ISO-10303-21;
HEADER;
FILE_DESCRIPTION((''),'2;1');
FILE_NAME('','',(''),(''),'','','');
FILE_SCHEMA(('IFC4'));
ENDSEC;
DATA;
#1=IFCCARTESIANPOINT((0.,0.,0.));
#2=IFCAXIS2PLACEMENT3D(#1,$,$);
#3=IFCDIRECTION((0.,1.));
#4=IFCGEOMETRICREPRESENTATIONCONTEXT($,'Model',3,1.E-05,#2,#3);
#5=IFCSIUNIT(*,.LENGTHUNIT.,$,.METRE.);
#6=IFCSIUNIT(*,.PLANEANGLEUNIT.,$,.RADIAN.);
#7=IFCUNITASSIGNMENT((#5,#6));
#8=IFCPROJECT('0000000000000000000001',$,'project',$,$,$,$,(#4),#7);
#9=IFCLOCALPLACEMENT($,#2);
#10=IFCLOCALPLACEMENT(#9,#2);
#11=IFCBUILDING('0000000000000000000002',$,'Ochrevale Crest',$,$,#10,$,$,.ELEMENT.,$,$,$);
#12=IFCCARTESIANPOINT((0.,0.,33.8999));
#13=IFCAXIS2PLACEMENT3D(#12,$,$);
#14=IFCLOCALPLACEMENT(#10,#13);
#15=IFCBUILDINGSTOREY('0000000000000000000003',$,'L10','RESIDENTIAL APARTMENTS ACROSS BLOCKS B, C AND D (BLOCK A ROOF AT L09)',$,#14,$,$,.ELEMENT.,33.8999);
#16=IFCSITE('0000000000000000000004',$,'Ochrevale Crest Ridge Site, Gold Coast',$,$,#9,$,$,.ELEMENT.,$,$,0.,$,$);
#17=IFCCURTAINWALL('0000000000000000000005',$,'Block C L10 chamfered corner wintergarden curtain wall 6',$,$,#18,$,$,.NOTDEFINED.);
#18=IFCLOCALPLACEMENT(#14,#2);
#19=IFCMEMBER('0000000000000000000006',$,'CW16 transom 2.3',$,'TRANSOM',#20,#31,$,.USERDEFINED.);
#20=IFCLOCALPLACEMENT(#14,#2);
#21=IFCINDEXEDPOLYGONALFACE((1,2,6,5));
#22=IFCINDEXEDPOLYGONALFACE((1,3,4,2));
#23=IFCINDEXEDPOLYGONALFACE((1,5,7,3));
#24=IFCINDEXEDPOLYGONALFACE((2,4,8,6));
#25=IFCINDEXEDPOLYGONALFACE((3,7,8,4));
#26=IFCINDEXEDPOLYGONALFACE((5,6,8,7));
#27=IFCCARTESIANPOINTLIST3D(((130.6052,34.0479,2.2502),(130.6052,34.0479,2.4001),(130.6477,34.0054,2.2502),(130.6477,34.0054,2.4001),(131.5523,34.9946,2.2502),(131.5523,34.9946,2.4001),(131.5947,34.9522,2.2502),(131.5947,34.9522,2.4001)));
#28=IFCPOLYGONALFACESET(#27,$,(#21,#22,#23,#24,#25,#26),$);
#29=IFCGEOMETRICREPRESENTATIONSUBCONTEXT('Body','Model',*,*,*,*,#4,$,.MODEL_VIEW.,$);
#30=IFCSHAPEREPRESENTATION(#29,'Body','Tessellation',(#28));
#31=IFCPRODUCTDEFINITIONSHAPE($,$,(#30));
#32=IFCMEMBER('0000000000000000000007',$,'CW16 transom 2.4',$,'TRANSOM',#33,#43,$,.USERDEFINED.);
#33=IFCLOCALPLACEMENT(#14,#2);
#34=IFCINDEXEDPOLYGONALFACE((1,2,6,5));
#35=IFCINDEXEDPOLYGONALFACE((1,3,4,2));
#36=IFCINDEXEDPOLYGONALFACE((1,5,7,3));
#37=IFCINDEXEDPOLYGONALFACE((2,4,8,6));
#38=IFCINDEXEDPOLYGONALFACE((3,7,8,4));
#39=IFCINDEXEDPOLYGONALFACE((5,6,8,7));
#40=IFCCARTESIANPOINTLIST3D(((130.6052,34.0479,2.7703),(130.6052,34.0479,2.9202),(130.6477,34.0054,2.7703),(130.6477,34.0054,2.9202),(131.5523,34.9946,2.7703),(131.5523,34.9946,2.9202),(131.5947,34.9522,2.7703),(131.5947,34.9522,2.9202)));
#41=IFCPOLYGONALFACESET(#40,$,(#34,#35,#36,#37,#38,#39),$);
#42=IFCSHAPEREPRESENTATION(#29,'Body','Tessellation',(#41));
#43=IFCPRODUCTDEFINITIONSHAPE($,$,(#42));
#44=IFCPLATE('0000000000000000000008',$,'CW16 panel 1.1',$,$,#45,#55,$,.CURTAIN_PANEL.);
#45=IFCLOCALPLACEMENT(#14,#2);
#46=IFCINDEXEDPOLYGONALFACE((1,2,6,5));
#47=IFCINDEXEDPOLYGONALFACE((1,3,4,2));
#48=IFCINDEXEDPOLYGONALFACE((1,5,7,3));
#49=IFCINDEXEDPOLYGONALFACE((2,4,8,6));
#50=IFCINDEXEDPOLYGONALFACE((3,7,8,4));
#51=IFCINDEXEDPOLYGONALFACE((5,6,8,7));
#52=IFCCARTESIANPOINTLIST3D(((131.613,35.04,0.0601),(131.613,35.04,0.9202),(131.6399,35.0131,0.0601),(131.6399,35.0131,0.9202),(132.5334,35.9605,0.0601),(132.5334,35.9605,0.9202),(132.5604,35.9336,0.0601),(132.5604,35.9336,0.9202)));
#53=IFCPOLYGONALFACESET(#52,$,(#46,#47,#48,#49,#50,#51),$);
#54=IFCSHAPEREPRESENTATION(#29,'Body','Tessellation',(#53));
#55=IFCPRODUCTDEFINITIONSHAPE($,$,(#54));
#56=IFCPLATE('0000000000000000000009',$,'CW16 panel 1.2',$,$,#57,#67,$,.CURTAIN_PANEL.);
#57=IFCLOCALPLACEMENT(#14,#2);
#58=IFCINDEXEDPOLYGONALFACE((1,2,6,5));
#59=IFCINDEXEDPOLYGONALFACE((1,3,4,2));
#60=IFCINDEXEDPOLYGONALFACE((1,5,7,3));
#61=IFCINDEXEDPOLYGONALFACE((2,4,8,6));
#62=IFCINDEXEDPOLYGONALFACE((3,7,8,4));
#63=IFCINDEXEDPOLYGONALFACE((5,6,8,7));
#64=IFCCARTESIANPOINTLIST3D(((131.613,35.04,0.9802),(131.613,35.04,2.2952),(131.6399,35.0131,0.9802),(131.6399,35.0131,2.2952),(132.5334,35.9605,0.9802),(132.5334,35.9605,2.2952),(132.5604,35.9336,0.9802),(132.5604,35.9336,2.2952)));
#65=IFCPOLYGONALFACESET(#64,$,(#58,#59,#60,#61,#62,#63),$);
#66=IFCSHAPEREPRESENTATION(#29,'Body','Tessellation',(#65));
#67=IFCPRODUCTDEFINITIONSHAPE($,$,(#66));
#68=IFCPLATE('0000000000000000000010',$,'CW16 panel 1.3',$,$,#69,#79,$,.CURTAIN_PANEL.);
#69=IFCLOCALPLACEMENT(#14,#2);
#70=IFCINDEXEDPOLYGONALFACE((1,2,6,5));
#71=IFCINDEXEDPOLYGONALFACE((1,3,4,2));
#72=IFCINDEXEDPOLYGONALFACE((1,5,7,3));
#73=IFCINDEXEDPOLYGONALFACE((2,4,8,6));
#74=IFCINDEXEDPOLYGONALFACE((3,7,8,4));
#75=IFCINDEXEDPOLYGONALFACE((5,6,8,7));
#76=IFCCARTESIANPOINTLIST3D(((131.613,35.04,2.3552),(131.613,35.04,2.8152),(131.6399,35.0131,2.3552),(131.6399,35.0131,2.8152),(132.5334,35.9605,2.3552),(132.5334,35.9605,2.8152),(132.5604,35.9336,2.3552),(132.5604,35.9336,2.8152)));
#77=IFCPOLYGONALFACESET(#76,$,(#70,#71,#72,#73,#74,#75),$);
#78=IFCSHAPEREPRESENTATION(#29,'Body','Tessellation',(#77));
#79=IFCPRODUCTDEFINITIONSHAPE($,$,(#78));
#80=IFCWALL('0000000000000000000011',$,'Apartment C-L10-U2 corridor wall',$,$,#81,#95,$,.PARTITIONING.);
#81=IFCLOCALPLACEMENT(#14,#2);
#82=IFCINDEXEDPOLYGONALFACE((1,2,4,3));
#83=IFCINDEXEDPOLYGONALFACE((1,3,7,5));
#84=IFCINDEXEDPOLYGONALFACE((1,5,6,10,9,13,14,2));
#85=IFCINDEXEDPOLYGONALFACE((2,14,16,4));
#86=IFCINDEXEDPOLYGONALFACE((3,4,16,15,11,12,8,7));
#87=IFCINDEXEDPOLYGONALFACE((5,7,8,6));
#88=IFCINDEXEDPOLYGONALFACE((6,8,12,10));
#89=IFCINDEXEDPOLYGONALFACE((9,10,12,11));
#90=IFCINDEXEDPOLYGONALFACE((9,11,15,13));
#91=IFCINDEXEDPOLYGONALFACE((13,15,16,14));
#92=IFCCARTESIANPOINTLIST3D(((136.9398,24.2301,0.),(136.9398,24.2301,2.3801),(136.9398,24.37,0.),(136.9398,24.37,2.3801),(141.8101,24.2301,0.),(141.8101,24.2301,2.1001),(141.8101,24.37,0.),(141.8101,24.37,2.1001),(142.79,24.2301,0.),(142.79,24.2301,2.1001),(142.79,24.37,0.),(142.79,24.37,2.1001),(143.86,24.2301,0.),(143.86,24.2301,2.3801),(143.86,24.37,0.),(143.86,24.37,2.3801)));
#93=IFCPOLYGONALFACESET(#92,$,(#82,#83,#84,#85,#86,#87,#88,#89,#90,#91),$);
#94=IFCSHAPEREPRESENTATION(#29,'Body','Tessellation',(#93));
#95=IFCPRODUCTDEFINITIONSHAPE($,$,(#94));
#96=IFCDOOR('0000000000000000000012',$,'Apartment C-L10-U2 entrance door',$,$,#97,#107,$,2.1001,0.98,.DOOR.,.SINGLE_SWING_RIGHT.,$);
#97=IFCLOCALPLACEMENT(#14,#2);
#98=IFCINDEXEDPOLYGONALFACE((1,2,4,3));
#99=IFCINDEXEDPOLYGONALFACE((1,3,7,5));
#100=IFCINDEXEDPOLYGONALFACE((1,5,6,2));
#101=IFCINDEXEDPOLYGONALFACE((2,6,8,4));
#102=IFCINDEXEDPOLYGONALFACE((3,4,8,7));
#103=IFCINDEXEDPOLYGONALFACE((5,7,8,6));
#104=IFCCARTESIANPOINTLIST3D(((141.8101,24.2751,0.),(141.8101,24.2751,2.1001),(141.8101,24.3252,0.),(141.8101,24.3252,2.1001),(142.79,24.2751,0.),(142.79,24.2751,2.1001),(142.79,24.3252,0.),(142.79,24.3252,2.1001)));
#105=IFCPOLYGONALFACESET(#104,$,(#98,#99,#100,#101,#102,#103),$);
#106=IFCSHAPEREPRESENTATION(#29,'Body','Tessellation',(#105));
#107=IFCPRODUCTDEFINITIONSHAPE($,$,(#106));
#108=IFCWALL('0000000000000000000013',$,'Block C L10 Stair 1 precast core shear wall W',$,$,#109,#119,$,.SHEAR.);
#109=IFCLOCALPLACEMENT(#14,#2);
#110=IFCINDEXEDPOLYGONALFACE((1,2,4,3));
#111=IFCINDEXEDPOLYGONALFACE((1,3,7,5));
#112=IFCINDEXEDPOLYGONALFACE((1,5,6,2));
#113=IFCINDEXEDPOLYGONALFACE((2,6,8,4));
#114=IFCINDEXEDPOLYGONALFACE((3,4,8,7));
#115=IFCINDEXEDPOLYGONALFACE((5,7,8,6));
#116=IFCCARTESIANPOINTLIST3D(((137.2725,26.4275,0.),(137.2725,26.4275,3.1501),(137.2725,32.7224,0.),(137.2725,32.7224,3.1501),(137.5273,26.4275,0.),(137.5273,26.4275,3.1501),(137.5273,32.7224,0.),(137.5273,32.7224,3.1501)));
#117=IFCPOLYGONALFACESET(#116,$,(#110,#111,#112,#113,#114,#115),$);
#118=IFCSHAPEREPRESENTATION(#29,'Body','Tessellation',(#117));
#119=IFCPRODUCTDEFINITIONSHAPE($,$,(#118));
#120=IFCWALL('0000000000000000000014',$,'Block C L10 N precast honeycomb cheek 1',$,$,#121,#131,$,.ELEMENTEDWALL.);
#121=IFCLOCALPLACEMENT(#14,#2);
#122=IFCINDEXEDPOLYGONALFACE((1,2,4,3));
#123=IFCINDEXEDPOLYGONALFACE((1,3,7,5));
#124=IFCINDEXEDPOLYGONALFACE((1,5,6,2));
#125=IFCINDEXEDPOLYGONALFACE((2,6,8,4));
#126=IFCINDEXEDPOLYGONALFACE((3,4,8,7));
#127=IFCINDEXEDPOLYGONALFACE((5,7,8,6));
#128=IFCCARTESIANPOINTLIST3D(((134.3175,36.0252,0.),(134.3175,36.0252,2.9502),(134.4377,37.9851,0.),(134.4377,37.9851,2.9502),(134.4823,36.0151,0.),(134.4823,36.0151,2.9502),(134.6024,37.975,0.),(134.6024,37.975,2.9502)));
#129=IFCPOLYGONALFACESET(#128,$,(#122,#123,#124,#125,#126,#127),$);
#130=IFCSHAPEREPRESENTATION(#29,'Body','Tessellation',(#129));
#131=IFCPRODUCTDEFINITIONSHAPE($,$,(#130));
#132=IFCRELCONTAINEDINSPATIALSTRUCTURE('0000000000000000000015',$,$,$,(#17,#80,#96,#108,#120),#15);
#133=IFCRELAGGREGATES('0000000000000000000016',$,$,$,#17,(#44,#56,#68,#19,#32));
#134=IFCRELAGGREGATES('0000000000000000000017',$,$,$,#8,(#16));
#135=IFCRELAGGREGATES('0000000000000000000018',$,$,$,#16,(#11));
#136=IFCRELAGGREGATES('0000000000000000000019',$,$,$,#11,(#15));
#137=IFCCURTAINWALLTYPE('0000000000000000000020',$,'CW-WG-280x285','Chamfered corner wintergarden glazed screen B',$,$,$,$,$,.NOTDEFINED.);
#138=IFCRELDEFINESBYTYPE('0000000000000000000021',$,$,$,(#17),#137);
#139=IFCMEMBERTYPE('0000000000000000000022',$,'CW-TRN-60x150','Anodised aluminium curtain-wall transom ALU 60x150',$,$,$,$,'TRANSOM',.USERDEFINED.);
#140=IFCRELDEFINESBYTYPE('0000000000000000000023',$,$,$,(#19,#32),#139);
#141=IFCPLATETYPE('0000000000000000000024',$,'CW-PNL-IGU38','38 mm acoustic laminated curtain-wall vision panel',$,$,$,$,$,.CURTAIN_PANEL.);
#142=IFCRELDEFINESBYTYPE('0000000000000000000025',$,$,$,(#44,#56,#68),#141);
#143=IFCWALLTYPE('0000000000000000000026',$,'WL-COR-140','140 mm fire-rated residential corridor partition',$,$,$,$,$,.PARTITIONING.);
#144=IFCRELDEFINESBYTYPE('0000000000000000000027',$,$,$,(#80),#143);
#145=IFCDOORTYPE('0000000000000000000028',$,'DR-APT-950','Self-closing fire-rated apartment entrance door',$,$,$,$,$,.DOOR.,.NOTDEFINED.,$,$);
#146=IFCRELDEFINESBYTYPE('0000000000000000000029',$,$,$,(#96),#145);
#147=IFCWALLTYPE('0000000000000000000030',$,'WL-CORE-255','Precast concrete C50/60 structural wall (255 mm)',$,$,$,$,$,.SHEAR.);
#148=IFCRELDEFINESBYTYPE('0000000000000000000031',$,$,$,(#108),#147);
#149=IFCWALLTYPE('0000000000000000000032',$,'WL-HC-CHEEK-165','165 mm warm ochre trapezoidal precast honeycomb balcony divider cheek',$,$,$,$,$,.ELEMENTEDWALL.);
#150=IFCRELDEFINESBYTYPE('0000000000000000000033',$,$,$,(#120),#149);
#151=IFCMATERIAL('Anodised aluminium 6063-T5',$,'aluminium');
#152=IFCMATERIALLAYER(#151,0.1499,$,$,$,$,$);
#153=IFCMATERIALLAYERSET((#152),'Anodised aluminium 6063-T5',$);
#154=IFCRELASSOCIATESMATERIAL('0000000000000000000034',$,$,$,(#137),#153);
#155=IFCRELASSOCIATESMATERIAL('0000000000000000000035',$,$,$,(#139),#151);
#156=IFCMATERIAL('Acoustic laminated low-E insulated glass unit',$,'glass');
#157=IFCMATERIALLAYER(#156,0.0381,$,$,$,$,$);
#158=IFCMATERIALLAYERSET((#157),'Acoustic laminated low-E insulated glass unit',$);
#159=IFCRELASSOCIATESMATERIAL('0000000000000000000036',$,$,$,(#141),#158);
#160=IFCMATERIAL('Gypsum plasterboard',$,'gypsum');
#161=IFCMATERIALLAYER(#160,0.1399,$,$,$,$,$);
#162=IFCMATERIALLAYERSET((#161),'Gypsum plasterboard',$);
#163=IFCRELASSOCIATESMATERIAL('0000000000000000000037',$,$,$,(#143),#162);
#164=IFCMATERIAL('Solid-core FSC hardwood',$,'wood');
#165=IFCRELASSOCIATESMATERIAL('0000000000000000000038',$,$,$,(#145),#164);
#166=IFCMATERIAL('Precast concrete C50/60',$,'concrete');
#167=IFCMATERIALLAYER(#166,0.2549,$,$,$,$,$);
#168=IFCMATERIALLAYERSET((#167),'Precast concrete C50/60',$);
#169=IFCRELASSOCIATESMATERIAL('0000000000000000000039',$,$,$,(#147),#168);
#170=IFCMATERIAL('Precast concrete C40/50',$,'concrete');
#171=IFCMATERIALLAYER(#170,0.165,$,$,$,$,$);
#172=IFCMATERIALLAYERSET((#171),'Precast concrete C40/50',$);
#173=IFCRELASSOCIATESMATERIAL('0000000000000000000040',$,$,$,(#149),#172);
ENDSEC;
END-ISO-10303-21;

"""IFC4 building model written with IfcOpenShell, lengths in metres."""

from ifc_helpers import new_model, si_unit, direction, frame, frame_2d, origin, origin_2d, place, context, subcontext, project, spatial, rectangle, extrude, material, layer, layer_set, material_profile, profile_set, type_object, element, fill, aggregate, save


model = new_model("IFC4")

# Units and contexts
model_context = context("Model", 3, precision=1e-05, world=origin(), true_north=direction((0.0, 1.0)))
body_context = subcontext(model_context, "Body", "Model", "MODEL_VIEW")
ifc_project = project(units=[si_unit("LENGTHUNIT", "METRE"), si_unit("PLANEANGLEUNIT", "RADIAN")], contexts=[model_context])

# Site, building, storey
site_placement = place(None, origin())
site = spatial("IfcSite", under=ifc_project, at=site_placement, Name="Ochrevale Crest Ridge Site, Gold Coast", CompositionType="ELEMENT", RefElevation=0.0)
building_placement = place(site_placement, origin())
building = spatial("IfcBuilding", under=site, at=building_placement, Name="Ochrevale Crest", CompositionType="ELEMENT")
storey_placement = place(building_placement, frame((0.0, 0.0, 33.8999)))
storey = spatial("IfcBuildingStorey", under=building, at=storey_placement, Name="L10", Description="RESIDENTIAL APARTMENTS ACROSS BLOCKS B, C AND D (BLOCK A ROOF AT L09)", CompositionType="ELEMENT", Elevation=33.8999)

# Shared definitions
ifc_material_1 = material(Name="Precast concrete C40/50", Category="concrete")
ifc_material_2 = material(Name="Precast concrete C50/60", Category="concrete")

# Curtain wall, members, plates
ifc_material_3 = material(Name="Anodised aluminium 6063-T5", Category="aluminium")
ifc_layer_1 = layer(ifc_material_3, 0.1499)
ifc_layer_set_1 = layer_set([ifc_layer_1], Name="Anodised aluminium 6063-T5")
curtain_wall_type = type_object("IfcCurtainWallType", Name="CW-WG-280x285", Description="Chamfered corner wintergarden glazed screen B", PredefinedType="NOTDEFINED", material=ifc_layer_set_1)
curtain_wall_placement = place(storey_placement, origin())
curtain_wall = element("IfcCurtainWall", 1, at=curtain_wall_placement, inside=storey, type_object=curtain_wall_type, Name="Block C L10 chamfered corner wintergarden curtain wall 6", PredefinedType="NOTDEFINED")
ifc_material_profile_1 = material_profile(ifc_material_3, rectangle(XDim=0.0601, YDim=0.1499, at=origin_2d()), Name="ALU 60x150")
ifc_profile_set_1 = profile_set([ifc_material_profile_1], Name="Anodised aluminium 6063-T5")
member_type_1 = type_object("IfcMemberType", Name="CW-TRN-60x150", Description="Anodised aluminium curtain-wall transom ALU 60x150", ElementType="TRANSOM", PredefinedType="USERDEFINED", material=ifc_profile_set_1)
member_1_placement = place(storey_placement, frame((131.5735, 34.9734, 2.3252), z_axis=(-0.707198, -0.707016, 0.0), x_axis=(0.707016, -0.707198, 0.0)))
member_1 = element("IfcMember", 2, at=member_1_placement, type_object=member_type_1, Name="CW16 transom 2.3", ObjectType="TRANSOM", PredefinedType="USERDEFINED", context=body_context, shape_type="SweptSolid", body=[
    extrude(rectangle(XDim=0.0601, YDim=0.1499, at=origin_2d()), origin(), (0.0, 0.0, 1.0), 1.3391),
])
member_2_placement = place(storey_placement, frame((131.5735, 34.9734, 2.8452), z_axis=(-0.707198, -0.707016, 0.0), x_axis=(0.707016, -0.707198, 0.0)))
member_2 = element("IfcMember", 3, at=member_2_placement, type_object=member_type_1, Name="CW16 transom 2.4", ObjectType="TRANSOM", PredefinedType="USERDEFINED", context=body_context, shape_type="SweptSolid", body=[
    extrude(rectangle(XDim=0.0601, YDim=0.1499, at=origin_2d()), origin(), (0.0, 0.0, 1.0), 1.3391),
])
ifc_material_4 = material(Name="Acoustic laminated low-E insulated glass unit", Category="glass")
ifc_layer_2 = layer(ifc_material_4, 0.0381)
ifc_layer_set_2 = layer_set([ifc_layer_2], Name="Acoustic laminated low-E insulated glass unit")
plate_type = type_object("IfcPlateType", Name="CW-PNL-IGU38", Description="38 mm acoustic laminated curtain-wall vision panel", PredefinedType="CURTAIN_PANEL", material=ifc_layer_set_2)
plate_1_placement = place(storey_placement, frame((132.0867, 35.4868, 0.0601), z_axis=(0.0, 0.0, 1.0), x_axis=(-0.707107, -0.707107, 0.0)))
plate_1 = element("IfcPlate", 4, at=plate_1_placement, type_object=plate_type, Name="CW16 panel 1.1", PredefinedType="CURTAIN_PANEL", context=body_context, shape_type="SweptSolid", body=[
    extrude(rectangle(XDim=1.3018, YDim=0.0381, at=origin_2d()), origin(), (0.0, 0.0, 1.0), 0.8601),
])
plate_2_placement = place(storey_placement, frame((132.0867, 35.4868, 0.9802), z_axis=(0.0, 0.0, 1.0), x_axis=(-0.707107, -0.707107, 0.0)))
plate_2 = element("IfcPlate", 5, at=plate_2_placement, type_object=plate_type, Name="CW16 panel 1.2", PredefinedType="CURTAIN_PANEL", context=body_context, shape_type="SweptSolid", body=[
    extrude(rectangle(XDim=1.3018, YDim=0.0381, at=origin_2d()), origin(), (0.0, 0.0, 1.0), 1.3149),
])
plate_3_placement = place(storey_placement, frame((132.0867, 35.4868, 2.3552), z_axis=(0.0, 0.0, 1.0), x_axis=(-0.707107, -0.707107, 0.0)))
plate_3 = element("IfcPlate", 6, at=plate_3_placement, type_object=plate_type, Name="CW16 panel 1.3", PredefinedType="CURTAIN_PANEL", context=body_context, shape_type="SweptSolid", body=[
    extrude(rectangle(XDim=1.3018, YDim=0.0381, at=origin_2d()), origin(), (0.0, 0.0, 1.0), 0.46),
])
aggregate(curtain_wall, [plate_1, plate_2, plate_3, member_1, member_2])

# Wall, opening, door
ifc_material_5 = material(Name="Gypsum plasterboard", Category="gypsum")
ifc_layer_3 = layer(ifc_material_5, 0.1399)
ifc_layer_set_3 = layer_set([ifc_layer_3], Name="Gypsum plasterboard")
wall_type_1 = type_object("IfcWallType", Name="WL-COR-140", Description="140 mm fire-rated residential corridor partition", PredefinedType="PARTITIONING", material=ifc_layer_set_3)
wall_1_placement = place(storey_placement, frame((136.9399, 24.3, 0.0), z_axis=(0.0, 0.0, 1.0), x_axis=(1.0, 0.0, 0.0)))
wall_1 = element("IfcWall", 7, at=wall_1_placement, inside=storey, type_object=wall_type_1, Name="Apartment C-L10-U2 corridor wall", PredefinedType="PARTITIONING", context=body_context, shape_type="SweptSolid", body=[
    extrude(rectangle(XDim=6.9202, YDim=0.1399, at=frame_2d((3.46, 0.0))), origin(), (0.0, 0.0, 1.0), 2.3801),
])
opening_1_placement = place(wall_1_placement, frame((5.8501, 0.0, 0.0), z_axis=(0.0, 0.0, 1.0), x_axis=(-1.0, 0.0, 0.0)))
opening_1 = element("IfcOpeningElement", 8, at=opening_1_placement, cuts=wall_1, PredefinedType="OPENING", context=body_context, shape_type="SweptSolid", body=[
    extrude(rectangle(XDim=0.98, YDim=2.1001, at=frame_2d((0.49, 1.05))), frame((0.0, 0.0801, 0.0), z_axis=(0.0, -1.0, 0.0), x_axis=(1.0, 0.0, 0.0)), (0.0, 0.0, 1.0), 0.1599),
])
ifc_material_6 = material(Name="Solid-core FSC hardwood", Category="wood")
door_type_1 = type_object("IfcDoorType", Name="DR-APT-950", Description="Self-closing fire-rated apartment entrance door", OperationType="NOTDEFINED", PredefinedType="DOOR", material=ifc_material_6)
door_1_placement = place(opening_1_placement, origin())
door_1 = element("IfcDoor", 9, at=door_1_placement, inside=storey, type_object=door_type_1, Name="Apartment C-L10-U2 entrance door", OperationType="SINGLE_SWING_RIGHT", OverallHeight=2.1001, OverallWidth=0.98, PredefinedType="DOOR", context=body_context, shape_type="SweptSolid", body=[
    extrude(rectangle(XDim=0.98, YDim=2.1001, at=frame_2d((0.49, 1.05))), frame((0.0, 0.0249, 0.0), z_axis=(0.0, -1.0, 0.0), x_axis=(1.0, 0.0, 0.0)), (0.0, 0.0, 1.0), 0.05),
])
fill(opening_1, door_1)
ifc_layer_4 = layer(ifc_material_2, 0.2549)
ifc_layer_set_4 = layer_set([ifc_layer_4], Name="Precast concrete C50/60")
wall_type_2 = type_object("IfcWallType", Name="WL-CORE-255", Description="Precast concrete C50/60 structural wall (255 mm)", PredefinedType="SHEAR", material=ifc_layer_set_4)

# Walls
wall_2_placement = place(storey_placement, frame((137.3999, 26.4275, 0.0), z_axis=(0.0, 0.0, 1.0), x_axis=(0.0, 1.0, 0.0)))
element("IfcWall", 10, at=wall_2_placement, inside=storey, type_object=wall_type_2, Name="Block C L10 Stair 1 precast core shear wall W", PredefinedType="SHEAR", context=body_context, shape_type="SweptSolid", body=[
    extrude(rectangle(XDim=6.2949, YDim=0.2549, at=frame_2d((3.1475, 0.0))), origin(), (0.0, 0.0, 1.0), 3.1501),
])
ifc_layer_5 = layer(ifc_material_1, 0.165)
ifc_layer_set_5 = layer_set([ifc_layer_5], Name="Precast concrete C40/50")
wall_type_3 = type_object("IfcWallType", Name="WL-HC-CHEEK-165", Description="165 mm warm ochre trapezoidal precast honeycomb balcony divider cheek", PredefinedType="ELEMENTEDWALL", material=ifc_layer_set_5)
wall_3_placement = place(storey_placement, frame((134.3999, 36.02, 0.0), z_axis=(0.0, 0.0, 1.0), x_axis=(0.061171, 0.998127, 0.0)))
element("IfcWall", 11, at=wall_3_placement, inside=storey, type_object=wall_type_3, Name="Block C L10 N precast honeycomb cheek 1", PredefinedType="ELEMENTEDWALL", context=body_context, shape_type="SweptSolid", body=[
    extrude(rectangle(XDim=1.9636, YDim=0.165, at=frame_2d((0.9819, 0.0))), origin(), (0.0, 0.0, 1.0), 2.9502),
])

save(model, "model.ifc")
